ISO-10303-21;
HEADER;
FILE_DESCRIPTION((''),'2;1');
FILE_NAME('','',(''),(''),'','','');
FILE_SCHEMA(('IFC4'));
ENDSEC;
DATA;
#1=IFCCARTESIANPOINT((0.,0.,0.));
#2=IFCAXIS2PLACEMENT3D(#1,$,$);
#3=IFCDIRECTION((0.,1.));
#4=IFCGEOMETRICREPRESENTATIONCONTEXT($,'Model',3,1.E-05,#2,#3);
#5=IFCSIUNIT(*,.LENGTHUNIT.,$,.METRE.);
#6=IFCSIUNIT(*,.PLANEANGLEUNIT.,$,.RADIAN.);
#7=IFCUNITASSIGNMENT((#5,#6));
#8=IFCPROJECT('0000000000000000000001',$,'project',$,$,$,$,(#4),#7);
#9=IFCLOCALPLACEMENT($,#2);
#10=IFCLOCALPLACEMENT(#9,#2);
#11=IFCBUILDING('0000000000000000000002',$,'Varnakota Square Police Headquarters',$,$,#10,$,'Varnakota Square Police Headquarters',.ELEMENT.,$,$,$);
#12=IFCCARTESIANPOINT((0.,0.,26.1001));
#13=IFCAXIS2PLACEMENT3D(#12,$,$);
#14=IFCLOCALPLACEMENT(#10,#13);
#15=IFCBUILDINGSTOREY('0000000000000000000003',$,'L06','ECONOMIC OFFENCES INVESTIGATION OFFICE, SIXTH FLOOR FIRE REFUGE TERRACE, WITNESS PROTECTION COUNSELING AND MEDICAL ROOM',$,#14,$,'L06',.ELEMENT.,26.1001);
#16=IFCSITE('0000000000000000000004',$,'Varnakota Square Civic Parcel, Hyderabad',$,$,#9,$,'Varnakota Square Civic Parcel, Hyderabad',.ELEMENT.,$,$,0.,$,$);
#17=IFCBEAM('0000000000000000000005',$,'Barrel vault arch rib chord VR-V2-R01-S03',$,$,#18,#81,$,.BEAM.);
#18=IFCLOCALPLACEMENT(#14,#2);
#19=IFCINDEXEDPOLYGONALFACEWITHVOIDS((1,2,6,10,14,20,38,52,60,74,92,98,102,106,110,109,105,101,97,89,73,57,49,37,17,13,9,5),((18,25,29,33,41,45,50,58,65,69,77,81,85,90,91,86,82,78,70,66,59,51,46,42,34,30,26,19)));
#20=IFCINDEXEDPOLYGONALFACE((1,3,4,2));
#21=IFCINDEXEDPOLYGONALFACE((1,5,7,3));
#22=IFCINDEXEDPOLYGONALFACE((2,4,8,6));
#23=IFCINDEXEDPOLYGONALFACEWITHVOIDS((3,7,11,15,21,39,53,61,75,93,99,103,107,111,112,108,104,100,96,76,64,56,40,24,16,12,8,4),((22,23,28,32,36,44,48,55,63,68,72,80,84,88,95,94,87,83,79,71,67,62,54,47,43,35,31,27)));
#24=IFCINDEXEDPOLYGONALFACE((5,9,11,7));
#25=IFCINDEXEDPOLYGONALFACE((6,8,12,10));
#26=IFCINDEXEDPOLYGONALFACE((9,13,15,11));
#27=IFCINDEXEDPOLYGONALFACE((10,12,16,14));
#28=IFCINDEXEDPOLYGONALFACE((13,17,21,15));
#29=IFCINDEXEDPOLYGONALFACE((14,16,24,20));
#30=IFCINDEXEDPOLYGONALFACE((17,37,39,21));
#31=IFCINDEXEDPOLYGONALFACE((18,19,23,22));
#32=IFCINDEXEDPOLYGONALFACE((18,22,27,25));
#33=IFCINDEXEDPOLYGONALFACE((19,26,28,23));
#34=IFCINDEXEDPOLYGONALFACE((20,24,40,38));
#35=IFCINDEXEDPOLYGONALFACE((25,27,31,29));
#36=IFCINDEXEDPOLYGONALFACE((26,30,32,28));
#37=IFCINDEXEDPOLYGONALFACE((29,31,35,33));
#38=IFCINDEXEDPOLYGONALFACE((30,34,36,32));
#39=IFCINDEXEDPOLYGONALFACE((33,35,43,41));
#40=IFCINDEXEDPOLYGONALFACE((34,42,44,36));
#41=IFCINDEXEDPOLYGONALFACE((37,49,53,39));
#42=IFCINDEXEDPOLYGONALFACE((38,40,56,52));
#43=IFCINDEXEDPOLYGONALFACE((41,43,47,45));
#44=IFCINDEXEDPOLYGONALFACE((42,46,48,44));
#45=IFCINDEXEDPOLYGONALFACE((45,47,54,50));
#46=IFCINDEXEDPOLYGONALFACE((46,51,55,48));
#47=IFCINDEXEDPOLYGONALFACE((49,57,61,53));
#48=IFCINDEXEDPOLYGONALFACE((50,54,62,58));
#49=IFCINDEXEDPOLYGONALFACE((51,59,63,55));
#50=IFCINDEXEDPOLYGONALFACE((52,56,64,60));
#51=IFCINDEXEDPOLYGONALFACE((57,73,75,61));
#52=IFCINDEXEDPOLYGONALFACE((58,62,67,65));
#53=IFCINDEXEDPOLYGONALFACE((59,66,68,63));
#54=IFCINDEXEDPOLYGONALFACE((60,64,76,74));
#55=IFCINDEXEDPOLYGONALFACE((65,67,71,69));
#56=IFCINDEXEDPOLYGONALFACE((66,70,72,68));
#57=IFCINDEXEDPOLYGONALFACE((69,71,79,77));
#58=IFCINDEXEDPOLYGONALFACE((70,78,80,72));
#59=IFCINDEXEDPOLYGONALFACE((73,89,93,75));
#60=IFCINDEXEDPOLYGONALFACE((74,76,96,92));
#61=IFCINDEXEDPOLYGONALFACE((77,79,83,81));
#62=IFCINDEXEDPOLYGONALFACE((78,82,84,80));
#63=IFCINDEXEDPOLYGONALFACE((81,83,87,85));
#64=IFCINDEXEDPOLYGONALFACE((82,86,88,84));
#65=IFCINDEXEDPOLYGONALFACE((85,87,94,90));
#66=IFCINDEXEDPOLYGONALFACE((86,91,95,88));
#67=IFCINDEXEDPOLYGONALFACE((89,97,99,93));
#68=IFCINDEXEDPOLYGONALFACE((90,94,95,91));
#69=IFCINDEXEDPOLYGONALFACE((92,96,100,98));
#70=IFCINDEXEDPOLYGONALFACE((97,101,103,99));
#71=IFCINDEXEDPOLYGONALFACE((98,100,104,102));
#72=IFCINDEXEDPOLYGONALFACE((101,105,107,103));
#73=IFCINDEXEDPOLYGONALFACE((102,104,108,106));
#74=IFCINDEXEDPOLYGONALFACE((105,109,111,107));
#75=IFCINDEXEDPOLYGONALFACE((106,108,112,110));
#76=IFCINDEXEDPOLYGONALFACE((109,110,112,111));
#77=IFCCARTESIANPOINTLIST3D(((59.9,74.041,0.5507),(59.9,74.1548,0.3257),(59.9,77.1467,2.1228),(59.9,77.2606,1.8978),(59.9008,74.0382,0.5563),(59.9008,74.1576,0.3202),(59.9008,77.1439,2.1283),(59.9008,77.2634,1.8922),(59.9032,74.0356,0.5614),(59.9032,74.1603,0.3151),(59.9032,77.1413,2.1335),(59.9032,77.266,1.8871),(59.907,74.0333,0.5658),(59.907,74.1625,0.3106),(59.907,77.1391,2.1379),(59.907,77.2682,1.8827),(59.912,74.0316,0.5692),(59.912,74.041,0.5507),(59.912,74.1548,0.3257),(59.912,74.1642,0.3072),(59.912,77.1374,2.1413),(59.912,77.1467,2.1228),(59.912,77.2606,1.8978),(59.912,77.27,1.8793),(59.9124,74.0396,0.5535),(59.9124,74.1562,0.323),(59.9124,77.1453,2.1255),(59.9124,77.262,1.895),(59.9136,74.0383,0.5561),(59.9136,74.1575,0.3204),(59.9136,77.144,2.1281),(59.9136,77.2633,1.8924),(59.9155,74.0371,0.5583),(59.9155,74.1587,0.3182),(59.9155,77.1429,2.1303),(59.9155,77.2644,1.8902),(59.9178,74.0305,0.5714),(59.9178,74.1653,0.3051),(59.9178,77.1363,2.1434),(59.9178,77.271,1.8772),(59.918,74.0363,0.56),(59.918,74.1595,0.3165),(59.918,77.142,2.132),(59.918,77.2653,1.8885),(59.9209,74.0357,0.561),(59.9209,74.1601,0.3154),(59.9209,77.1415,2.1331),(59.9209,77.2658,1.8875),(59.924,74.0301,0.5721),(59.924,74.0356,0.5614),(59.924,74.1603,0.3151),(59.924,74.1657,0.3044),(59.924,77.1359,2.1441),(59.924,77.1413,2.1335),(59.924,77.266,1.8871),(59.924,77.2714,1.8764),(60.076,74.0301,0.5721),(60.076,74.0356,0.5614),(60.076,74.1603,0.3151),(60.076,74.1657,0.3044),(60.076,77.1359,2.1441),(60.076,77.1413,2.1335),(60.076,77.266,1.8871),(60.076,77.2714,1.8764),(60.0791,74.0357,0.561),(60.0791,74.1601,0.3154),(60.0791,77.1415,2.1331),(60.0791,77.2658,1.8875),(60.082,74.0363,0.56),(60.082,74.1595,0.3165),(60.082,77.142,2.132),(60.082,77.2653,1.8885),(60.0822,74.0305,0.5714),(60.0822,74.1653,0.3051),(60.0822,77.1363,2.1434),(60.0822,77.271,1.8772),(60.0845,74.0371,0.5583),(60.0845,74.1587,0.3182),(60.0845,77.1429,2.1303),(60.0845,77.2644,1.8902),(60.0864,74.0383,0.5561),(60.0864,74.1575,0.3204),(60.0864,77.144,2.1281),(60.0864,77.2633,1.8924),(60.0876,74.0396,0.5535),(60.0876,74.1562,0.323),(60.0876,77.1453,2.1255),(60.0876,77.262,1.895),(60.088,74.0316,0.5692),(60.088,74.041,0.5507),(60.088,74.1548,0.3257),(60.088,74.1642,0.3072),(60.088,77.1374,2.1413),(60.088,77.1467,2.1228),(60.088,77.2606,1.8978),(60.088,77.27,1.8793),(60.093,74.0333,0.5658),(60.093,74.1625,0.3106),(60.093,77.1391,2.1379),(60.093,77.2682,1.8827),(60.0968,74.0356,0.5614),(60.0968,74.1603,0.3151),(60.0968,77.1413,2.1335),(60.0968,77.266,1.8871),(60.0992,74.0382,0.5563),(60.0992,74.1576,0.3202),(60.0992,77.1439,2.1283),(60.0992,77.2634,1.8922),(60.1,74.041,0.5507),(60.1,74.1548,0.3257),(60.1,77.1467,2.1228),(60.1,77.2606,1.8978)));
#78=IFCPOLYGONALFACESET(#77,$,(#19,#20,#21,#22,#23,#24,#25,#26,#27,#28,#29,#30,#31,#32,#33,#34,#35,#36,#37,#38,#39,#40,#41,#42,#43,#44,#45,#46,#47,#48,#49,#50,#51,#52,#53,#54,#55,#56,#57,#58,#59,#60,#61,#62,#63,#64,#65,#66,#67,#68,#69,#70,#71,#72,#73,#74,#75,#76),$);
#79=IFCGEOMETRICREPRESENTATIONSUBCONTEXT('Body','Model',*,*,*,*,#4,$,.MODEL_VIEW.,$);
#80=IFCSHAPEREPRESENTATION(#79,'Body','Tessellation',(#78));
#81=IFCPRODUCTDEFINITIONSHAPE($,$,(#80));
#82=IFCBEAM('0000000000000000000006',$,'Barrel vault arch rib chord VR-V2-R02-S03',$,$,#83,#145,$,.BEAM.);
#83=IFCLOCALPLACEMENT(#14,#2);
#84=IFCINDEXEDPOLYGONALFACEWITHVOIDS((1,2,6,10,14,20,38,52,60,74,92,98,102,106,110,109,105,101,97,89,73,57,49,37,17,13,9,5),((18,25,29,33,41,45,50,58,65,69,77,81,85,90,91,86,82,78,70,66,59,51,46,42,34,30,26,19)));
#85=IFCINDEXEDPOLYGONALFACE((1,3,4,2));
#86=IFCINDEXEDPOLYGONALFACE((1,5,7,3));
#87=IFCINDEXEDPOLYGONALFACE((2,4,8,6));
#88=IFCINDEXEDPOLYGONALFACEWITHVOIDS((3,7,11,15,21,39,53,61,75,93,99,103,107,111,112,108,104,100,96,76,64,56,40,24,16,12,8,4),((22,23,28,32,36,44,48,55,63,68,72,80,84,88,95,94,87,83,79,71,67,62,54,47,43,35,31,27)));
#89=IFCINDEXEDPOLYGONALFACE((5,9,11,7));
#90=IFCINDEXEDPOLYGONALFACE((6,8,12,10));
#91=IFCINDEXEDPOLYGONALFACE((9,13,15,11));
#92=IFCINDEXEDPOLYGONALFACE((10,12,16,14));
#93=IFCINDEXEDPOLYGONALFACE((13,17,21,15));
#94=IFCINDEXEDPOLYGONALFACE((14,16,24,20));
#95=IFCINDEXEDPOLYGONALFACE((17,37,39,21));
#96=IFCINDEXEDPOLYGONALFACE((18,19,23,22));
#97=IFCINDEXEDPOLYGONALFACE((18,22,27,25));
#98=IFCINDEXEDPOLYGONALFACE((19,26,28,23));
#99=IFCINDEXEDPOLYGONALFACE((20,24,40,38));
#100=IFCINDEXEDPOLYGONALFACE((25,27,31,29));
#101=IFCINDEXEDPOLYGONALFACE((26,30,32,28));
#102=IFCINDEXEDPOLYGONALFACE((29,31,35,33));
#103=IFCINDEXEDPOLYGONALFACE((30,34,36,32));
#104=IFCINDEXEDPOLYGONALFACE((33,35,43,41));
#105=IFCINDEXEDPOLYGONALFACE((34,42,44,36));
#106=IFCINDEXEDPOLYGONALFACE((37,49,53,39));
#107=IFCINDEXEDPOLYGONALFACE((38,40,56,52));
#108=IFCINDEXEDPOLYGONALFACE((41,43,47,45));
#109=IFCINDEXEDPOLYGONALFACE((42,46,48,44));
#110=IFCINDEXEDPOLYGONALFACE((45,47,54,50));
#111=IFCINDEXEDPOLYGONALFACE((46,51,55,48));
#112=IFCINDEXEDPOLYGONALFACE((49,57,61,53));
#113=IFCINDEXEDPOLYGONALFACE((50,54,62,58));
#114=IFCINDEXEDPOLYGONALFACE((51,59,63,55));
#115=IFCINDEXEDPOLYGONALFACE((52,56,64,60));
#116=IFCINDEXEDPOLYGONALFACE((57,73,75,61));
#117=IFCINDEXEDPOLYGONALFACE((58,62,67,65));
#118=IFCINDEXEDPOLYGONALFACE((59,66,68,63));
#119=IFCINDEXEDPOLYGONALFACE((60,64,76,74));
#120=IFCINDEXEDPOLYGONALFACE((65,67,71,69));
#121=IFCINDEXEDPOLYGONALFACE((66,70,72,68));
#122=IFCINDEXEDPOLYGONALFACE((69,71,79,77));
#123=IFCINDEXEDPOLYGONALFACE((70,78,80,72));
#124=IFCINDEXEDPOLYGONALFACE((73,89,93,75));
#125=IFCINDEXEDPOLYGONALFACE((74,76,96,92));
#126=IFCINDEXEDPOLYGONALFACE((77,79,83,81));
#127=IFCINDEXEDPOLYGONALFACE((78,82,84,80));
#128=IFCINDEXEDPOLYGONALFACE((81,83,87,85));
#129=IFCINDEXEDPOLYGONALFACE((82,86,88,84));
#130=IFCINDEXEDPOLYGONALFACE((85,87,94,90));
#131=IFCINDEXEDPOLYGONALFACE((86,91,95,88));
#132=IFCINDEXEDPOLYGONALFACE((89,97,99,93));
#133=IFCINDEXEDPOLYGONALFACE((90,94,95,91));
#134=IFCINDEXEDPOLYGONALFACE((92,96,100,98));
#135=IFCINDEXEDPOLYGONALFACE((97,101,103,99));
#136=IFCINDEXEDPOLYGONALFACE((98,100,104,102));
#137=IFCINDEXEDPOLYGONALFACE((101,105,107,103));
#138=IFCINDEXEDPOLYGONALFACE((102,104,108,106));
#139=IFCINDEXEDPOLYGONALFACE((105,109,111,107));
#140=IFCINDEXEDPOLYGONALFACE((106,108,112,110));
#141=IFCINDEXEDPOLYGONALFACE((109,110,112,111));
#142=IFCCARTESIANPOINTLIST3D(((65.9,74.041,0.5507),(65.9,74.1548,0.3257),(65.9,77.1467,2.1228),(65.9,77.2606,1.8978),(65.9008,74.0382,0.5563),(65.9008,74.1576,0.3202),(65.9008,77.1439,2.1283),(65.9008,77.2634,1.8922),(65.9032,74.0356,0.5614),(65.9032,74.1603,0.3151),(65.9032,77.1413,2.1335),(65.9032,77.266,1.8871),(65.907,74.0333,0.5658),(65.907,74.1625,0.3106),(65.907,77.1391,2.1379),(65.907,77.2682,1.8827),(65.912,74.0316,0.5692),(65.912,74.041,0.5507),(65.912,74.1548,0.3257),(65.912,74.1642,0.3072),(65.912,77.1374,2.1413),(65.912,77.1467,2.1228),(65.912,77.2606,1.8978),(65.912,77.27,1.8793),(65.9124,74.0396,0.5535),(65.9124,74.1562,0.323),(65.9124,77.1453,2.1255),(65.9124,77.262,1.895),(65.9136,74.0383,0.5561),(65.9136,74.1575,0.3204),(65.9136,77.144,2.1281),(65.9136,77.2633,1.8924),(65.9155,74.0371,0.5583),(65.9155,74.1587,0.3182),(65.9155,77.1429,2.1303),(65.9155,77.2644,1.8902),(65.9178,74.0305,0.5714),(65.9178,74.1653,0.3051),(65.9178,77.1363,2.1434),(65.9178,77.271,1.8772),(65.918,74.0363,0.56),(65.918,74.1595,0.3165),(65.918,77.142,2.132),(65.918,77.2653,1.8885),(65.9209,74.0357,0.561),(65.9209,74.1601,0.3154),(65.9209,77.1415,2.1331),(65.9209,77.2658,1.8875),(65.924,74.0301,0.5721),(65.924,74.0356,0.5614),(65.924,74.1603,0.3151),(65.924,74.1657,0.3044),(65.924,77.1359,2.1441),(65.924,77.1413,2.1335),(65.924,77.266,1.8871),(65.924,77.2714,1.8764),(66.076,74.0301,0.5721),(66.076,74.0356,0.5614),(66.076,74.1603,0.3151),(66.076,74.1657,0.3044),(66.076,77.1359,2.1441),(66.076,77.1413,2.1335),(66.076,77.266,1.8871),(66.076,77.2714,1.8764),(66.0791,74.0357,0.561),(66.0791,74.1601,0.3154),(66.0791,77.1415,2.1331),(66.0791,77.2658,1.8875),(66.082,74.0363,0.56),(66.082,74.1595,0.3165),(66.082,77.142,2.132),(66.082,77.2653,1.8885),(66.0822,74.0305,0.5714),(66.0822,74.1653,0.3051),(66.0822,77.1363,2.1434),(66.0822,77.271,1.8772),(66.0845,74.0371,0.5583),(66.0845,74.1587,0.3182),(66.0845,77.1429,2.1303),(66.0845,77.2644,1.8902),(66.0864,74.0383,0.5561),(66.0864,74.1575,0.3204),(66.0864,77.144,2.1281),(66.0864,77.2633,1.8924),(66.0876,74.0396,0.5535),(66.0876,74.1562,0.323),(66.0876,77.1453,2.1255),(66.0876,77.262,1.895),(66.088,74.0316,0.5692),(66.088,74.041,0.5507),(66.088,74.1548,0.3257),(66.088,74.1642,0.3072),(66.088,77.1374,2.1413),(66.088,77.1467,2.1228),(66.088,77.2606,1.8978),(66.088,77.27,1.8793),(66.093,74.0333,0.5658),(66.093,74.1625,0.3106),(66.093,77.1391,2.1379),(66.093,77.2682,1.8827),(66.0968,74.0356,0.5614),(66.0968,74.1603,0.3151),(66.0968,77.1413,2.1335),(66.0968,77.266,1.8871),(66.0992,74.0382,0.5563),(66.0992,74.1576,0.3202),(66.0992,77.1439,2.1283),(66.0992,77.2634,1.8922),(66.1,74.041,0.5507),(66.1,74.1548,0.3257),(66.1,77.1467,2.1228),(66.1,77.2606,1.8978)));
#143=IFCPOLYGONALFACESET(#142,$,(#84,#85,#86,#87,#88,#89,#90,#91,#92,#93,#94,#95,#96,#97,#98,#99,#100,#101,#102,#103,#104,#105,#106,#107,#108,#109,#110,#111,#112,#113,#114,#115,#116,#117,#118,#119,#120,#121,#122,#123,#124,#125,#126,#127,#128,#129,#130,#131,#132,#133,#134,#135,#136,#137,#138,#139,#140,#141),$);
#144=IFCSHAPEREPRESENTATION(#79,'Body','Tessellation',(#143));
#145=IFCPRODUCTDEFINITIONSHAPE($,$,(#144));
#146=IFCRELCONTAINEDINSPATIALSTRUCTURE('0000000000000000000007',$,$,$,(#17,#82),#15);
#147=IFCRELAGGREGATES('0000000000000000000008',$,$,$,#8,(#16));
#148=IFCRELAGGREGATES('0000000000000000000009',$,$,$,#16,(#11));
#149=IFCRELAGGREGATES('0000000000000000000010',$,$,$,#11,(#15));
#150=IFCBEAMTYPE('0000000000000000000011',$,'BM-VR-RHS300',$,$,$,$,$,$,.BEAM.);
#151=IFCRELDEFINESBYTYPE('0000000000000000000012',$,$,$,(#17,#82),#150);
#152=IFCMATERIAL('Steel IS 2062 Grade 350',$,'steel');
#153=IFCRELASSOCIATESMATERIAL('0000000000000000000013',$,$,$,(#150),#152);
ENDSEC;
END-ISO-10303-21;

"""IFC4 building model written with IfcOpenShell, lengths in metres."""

from ifc_helpers import new_model, si_unit, direction, frame, origin, origin_2d, place, context, subcontext, project, spatial, hollow_rectangle, extrude, material, material_profile, profile_set, type_object, element, save


model = new_model("IFC4")

# Units and contexts
model_context = context("Model", 3, precision=1e-05, world=origin(), true_north=direction((0.0, 1.0)))
body_context = subcontext(model_context, "Body", "Model", "MODEL_VIEW")
ifc_project = project(units=[si_unit("LENGTHUNIT", "METRE"), si_unit("PLANEANGLEUNIT", "RADIAN")], contexts=[model_context])

# Site, building, storey
site_placement = place(None, origin())
site = spatial("IfcSite", under=ifc_project, at=site_placement, Name="Varnakota Square Civic Parcel, Hyderabad", LongName="Varnakota Square Civic Parcel, Hyderabad", CompositionType="ELEMENT", RefElevation=0.0)
building_placement = place(site_placement, origin())
building = spatial("IfcBuilding", under=site, at=building_placement, Name="Varnakota Square Police Headquarters", LongName="Varnakota Square Police Headquarters", CompositionType="ELEMENT")
storey_placement = place(building_placement, frame((0.0, 0.0, 26.1001)))
storey = spatial("IfcBuildingStorey", under=building, at=storey_placement, Name="L06", Description="ECONOMIC OFFENCES INVESTIGATION OFFICE, SIXTH FLOOR FIRE REFUGE TERRACE, WITNESS PROTECTION COUNSELING AND MEDICAL ROOM", LongName="L06", CompositionType="ELEMENT", Elevation=26.1001)

# Beams
ifc_material_1 = material(Name="Steel IS 2062 Grade 350", Category="steel")
ifc_material_profile_1 = material_profile(ifc_material_1, hollow_rectangle(XDim=0.2, YDim=0.3, WallThickness=0.012, InnerFilletRadius=0.012, OuterFilletRadius=0.0239, at=origin_2d()), Name="RHS 300x200x12")
ifc_profile_set_1 = profile_set([ifc_material_profile_1], Name="Steel IS 2062 Grade 350")
beam_type = type_object("IfcBeamType", Name="BM-VR-RHS300", PredefinedType="BEAM", material=ifc_profile_set_1)
for number, where, z_axis, x_axis, name in (
    (1, (60.0, 74.0979, 0.4382), (0.0, 0.892214, 0.451613), (-1.0, 0.0, 0.0), "Barrel vault arch rib chord VR-V2-R01-S03"),
    (2, (66.0, 74.0979, 0.4382), (0.0, 0.892214, 0.451613), (-1.0, 0.0, 0.0), "Barrel vault arch rib chord VR-V2-R02-S03"),
):
    element("IfcBeam", number, at=place(storey_placement, frame(where, z_axis=z_axis, x_axis=x_axis)), inside=storey, type_object=beam_type, Name=name, PredefinedType="BEAM", context=body_context, shape_type="SweptSolid", body=[
        extrude(hollow_rectangle(XDim=0.2, YDim=0.3, WallThickness=0.012, InnerFilletRadius=0.012, OuterFilletRadius=0.0239, at=origin_2d()), origin(), (0.0, 0.0, 1.0), 3.481),
    ])

save(model, "model.ifc")
